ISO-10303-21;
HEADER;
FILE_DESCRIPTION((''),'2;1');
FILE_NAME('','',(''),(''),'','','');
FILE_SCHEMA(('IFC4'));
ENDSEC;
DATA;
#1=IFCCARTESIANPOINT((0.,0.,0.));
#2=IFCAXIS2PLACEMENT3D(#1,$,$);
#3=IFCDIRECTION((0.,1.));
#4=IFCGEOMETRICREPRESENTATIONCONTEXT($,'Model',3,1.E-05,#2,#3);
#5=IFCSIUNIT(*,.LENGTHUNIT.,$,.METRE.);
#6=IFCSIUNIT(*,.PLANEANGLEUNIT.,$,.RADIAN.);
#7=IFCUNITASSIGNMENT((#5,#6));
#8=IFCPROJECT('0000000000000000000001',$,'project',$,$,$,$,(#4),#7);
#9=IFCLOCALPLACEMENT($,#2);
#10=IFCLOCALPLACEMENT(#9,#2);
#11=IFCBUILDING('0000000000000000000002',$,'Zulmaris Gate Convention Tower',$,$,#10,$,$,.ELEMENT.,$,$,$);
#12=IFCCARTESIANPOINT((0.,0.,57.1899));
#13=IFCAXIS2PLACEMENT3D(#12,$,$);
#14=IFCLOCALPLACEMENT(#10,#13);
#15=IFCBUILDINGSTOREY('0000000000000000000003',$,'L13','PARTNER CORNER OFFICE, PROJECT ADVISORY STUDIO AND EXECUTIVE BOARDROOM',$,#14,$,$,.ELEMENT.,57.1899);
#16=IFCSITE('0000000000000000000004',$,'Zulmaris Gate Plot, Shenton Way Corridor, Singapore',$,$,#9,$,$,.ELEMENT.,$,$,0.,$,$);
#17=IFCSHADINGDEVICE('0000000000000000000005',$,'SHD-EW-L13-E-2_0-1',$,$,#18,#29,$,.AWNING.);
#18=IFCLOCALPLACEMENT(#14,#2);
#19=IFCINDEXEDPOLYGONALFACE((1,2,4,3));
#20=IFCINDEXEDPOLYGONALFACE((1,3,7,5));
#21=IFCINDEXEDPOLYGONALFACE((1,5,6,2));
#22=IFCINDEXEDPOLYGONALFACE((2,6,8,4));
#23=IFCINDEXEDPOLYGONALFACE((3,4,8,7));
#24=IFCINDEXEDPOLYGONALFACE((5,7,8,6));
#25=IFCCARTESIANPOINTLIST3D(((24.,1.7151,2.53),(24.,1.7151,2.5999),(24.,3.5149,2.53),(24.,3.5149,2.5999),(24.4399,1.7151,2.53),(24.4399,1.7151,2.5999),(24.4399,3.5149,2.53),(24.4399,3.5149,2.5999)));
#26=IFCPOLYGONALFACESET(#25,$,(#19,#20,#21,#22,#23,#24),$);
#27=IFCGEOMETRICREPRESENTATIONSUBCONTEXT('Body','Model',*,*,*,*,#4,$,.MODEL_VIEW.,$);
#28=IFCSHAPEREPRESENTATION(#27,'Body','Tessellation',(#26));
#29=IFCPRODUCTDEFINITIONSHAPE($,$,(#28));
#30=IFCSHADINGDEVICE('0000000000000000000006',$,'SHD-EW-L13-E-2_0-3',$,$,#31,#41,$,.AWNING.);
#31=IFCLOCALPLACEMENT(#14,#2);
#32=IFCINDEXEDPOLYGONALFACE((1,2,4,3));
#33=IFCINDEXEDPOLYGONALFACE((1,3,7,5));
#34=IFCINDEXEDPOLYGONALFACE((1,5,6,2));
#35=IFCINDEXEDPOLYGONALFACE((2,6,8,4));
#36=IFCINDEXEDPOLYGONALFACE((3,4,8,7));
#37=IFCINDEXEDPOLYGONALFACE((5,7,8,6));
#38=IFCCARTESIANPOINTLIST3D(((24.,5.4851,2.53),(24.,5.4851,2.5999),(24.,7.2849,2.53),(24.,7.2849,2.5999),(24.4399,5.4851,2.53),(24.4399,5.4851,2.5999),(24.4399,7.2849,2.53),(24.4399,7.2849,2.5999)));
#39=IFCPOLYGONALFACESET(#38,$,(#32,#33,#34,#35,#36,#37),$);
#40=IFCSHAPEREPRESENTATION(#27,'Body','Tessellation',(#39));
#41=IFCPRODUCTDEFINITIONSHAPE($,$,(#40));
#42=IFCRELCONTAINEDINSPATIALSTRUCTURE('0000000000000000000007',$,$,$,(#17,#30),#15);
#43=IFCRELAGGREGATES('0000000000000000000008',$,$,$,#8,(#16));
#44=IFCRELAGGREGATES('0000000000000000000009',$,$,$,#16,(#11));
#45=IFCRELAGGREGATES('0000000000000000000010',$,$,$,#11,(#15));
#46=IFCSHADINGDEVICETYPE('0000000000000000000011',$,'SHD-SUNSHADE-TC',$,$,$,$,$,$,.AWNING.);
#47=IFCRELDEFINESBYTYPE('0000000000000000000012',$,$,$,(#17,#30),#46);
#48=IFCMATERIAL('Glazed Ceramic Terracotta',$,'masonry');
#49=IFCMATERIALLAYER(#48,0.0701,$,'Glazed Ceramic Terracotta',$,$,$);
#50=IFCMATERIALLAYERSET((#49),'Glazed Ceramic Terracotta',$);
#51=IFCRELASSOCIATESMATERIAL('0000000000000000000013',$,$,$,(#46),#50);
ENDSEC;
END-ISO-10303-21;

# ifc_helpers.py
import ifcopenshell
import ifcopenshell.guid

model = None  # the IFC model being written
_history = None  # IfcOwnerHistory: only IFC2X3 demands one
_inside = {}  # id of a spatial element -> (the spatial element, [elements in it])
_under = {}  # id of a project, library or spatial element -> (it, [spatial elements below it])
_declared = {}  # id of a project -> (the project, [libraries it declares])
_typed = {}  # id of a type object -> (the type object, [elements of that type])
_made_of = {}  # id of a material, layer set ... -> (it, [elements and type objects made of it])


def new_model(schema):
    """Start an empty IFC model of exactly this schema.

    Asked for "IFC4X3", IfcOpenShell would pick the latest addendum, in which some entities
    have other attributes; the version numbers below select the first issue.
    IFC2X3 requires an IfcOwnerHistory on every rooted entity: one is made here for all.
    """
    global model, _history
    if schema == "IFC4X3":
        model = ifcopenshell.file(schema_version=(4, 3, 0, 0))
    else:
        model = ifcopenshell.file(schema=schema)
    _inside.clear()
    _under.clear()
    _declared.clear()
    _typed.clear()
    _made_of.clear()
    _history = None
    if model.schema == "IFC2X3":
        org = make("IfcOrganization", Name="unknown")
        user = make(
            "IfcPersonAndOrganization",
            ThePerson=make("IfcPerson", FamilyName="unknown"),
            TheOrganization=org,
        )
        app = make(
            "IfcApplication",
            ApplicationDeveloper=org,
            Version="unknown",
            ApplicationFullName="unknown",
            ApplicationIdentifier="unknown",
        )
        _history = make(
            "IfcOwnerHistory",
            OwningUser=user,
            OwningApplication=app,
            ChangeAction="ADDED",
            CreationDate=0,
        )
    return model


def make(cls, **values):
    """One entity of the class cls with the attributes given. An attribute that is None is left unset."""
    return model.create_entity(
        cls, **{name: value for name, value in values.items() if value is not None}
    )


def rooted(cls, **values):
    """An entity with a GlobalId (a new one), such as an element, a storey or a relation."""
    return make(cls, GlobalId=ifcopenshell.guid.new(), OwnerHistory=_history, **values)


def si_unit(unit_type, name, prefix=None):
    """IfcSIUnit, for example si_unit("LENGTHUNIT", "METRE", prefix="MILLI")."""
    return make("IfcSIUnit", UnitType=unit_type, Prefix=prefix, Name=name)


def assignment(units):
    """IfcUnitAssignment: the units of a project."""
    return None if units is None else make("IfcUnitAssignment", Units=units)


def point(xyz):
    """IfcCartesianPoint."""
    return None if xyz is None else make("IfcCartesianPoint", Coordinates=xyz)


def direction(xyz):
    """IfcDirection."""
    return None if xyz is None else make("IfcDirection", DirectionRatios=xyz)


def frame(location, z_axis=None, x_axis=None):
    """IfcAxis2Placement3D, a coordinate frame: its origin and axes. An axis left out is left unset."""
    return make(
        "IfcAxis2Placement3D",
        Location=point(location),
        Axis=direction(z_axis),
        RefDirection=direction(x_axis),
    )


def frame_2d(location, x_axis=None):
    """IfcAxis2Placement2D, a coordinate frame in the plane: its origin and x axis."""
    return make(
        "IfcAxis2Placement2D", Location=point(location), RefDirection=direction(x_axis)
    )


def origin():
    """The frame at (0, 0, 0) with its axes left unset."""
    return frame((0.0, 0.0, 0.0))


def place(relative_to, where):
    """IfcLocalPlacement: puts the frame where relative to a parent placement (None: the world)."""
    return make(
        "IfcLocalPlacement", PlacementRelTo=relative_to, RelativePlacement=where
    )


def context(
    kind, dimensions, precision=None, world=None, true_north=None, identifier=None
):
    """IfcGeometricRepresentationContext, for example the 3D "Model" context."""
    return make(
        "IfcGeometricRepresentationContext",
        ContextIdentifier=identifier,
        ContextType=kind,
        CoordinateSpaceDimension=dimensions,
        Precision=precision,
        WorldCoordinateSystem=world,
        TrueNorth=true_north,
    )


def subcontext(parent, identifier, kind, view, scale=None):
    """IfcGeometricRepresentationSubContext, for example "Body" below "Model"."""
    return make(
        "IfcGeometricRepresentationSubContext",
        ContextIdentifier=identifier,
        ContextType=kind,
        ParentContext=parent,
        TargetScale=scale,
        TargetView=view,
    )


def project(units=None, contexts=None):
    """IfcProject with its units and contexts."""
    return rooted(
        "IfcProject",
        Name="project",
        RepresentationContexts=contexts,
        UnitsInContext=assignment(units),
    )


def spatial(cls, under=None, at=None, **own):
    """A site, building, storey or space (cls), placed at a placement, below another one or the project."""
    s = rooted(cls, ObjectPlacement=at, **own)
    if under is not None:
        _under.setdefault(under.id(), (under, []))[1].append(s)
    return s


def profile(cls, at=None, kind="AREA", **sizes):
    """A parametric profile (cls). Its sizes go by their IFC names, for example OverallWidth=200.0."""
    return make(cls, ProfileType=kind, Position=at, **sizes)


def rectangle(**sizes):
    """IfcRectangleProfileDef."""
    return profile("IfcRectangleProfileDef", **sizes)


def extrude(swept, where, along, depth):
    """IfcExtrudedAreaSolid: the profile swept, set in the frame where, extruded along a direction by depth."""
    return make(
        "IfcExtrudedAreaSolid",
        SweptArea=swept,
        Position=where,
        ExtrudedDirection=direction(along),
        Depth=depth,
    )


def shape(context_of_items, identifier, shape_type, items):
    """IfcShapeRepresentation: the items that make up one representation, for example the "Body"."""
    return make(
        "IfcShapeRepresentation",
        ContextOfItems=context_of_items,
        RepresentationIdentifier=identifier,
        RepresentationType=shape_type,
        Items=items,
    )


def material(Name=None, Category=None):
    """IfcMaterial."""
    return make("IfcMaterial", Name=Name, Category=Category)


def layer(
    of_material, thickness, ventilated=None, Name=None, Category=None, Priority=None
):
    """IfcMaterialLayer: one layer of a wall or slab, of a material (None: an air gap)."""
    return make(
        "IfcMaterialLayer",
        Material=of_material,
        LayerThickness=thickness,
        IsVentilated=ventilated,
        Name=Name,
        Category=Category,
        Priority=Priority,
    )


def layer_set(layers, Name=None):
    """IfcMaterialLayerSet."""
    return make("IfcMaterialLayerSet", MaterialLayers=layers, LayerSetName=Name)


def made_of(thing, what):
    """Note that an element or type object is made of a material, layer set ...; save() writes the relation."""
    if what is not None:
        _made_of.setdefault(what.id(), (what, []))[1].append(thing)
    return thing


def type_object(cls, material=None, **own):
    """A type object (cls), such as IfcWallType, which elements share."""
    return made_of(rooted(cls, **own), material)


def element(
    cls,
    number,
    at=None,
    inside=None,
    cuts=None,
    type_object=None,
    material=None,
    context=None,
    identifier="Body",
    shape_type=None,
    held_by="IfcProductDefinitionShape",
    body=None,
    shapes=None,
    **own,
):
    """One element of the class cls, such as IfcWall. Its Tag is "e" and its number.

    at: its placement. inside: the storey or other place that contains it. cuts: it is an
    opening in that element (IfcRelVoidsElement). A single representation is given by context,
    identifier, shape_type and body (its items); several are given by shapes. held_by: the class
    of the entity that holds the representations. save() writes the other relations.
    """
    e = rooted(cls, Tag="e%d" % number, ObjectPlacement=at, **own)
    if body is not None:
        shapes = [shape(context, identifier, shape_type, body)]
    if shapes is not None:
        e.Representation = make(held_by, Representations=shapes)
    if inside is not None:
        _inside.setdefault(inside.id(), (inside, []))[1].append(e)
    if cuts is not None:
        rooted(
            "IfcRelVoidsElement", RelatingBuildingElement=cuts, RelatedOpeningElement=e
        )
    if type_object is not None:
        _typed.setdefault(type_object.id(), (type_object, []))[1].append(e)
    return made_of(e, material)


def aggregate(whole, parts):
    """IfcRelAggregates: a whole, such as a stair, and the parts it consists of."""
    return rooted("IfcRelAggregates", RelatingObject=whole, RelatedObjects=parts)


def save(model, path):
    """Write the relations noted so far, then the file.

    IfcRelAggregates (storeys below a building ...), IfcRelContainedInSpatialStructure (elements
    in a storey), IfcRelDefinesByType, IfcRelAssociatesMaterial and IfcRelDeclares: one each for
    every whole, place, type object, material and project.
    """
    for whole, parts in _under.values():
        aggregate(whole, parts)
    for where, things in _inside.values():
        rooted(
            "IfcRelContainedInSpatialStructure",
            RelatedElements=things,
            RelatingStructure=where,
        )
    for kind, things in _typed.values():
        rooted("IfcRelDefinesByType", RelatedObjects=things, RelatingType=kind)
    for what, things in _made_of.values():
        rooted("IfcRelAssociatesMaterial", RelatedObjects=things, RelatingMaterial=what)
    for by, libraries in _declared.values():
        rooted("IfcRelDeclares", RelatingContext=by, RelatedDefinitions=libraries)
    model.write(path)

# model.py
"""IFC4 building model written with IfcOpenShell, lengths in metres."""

from ifc_helpers import new_model, si_unit, direction, frame, frame_2d, origin, place, context, subcontext, project, spatial, rectangle, extrude, material, layer, layer_set, type_object, element, save


model = new_model("IFC4")

# Units and contexts
model_context = context("Model", 3, precision=1e-05, world=origin(), true_north=direction((0.0, 1.0)))
body_context = subcontext(model_context, "Body", "Model", "MODEL_VIEW")
ifc_project = project(units=[si_unit("LENGTHUNIT", "METRE"), si_unit("PLANEANGLEUNIT", "RADIAN")], contexts=[model_context])

# Site, building, storey
site_placement = place(None, origin())
site = spatial("IfcSite", under=ifc_project, at=site_placement, Name="Zulmaris Gate Plot, Shenton Way Corridor, Singapore", CompositionType="ELEMENT", RefElevation=0.0)
building_placement = place(site_placement, origin())
building = spatial("IfcBuilding", under=site, at=building_placement, Name="Zulmaris Gate Convention Tower", CompositionType="ELEMENT")
storey_placement = place(building_placement, frame((0.0, 0.0, 57.1899)))
storey = spatial("IfcBuildingStorey", under=building, at=storey_placement, Name="L13", Description="PARTNER CORNER OFFICE, PROJECT ADVISORY STUDIO AND EXECUTIVE BOARDROOM", CompositionType="ELEMENT", Elevation=57.1899)

# Shading devices
ifc_material_1 = material(Name="Glazed Ceramic Terracotta", Category="masonry")
ifc_layer_1 = layer(ifc_material_1, 0.0701, Name="Glazed Ceramic Terracotta")
ifc_layer_set_1 = layer_set([ifc_layer_1], Name="Glazed Ceramic Terracotta")
shading_device_type = type_object("IfcShadingDeviceType", Name="SHD-SUNSHADE-TC", PredefinedType="AWNING", material=ifc_layer_set_1)
for number, where, z_axis, x_axis, name in (
    (1, (24.22, 1.7151, 2.53), (0.0, 0.0, 1.0), (0.0, 1.0, 0.0), "SHD-EW-L13-E-2_0-1"),
    (2, (24.22, 5.4851, 2.53), (0.0, 0.0, 1.0), (0.0, 1.0, 0.0), "SHD-EW-L13-E-2_0-3"),
):
    element("IfcShadingDevice", number, at=place(storey_placement, frame(where, z_axis=z_axis, x_axis=x_axis)), inside=storey, type_object=shading_device_type, Name=name, PredefinedType="AWNING", context=body_context, shape_type="SweptSolid", body=[
        extrude(rectangle(XDim=1.7998, YDim=0.4399, at=frame_2d((0.8999, 0.0))), origin(), (0.0, 0.0, 1.0), 0.0698),
    ])

save(model, "model.ifc")
